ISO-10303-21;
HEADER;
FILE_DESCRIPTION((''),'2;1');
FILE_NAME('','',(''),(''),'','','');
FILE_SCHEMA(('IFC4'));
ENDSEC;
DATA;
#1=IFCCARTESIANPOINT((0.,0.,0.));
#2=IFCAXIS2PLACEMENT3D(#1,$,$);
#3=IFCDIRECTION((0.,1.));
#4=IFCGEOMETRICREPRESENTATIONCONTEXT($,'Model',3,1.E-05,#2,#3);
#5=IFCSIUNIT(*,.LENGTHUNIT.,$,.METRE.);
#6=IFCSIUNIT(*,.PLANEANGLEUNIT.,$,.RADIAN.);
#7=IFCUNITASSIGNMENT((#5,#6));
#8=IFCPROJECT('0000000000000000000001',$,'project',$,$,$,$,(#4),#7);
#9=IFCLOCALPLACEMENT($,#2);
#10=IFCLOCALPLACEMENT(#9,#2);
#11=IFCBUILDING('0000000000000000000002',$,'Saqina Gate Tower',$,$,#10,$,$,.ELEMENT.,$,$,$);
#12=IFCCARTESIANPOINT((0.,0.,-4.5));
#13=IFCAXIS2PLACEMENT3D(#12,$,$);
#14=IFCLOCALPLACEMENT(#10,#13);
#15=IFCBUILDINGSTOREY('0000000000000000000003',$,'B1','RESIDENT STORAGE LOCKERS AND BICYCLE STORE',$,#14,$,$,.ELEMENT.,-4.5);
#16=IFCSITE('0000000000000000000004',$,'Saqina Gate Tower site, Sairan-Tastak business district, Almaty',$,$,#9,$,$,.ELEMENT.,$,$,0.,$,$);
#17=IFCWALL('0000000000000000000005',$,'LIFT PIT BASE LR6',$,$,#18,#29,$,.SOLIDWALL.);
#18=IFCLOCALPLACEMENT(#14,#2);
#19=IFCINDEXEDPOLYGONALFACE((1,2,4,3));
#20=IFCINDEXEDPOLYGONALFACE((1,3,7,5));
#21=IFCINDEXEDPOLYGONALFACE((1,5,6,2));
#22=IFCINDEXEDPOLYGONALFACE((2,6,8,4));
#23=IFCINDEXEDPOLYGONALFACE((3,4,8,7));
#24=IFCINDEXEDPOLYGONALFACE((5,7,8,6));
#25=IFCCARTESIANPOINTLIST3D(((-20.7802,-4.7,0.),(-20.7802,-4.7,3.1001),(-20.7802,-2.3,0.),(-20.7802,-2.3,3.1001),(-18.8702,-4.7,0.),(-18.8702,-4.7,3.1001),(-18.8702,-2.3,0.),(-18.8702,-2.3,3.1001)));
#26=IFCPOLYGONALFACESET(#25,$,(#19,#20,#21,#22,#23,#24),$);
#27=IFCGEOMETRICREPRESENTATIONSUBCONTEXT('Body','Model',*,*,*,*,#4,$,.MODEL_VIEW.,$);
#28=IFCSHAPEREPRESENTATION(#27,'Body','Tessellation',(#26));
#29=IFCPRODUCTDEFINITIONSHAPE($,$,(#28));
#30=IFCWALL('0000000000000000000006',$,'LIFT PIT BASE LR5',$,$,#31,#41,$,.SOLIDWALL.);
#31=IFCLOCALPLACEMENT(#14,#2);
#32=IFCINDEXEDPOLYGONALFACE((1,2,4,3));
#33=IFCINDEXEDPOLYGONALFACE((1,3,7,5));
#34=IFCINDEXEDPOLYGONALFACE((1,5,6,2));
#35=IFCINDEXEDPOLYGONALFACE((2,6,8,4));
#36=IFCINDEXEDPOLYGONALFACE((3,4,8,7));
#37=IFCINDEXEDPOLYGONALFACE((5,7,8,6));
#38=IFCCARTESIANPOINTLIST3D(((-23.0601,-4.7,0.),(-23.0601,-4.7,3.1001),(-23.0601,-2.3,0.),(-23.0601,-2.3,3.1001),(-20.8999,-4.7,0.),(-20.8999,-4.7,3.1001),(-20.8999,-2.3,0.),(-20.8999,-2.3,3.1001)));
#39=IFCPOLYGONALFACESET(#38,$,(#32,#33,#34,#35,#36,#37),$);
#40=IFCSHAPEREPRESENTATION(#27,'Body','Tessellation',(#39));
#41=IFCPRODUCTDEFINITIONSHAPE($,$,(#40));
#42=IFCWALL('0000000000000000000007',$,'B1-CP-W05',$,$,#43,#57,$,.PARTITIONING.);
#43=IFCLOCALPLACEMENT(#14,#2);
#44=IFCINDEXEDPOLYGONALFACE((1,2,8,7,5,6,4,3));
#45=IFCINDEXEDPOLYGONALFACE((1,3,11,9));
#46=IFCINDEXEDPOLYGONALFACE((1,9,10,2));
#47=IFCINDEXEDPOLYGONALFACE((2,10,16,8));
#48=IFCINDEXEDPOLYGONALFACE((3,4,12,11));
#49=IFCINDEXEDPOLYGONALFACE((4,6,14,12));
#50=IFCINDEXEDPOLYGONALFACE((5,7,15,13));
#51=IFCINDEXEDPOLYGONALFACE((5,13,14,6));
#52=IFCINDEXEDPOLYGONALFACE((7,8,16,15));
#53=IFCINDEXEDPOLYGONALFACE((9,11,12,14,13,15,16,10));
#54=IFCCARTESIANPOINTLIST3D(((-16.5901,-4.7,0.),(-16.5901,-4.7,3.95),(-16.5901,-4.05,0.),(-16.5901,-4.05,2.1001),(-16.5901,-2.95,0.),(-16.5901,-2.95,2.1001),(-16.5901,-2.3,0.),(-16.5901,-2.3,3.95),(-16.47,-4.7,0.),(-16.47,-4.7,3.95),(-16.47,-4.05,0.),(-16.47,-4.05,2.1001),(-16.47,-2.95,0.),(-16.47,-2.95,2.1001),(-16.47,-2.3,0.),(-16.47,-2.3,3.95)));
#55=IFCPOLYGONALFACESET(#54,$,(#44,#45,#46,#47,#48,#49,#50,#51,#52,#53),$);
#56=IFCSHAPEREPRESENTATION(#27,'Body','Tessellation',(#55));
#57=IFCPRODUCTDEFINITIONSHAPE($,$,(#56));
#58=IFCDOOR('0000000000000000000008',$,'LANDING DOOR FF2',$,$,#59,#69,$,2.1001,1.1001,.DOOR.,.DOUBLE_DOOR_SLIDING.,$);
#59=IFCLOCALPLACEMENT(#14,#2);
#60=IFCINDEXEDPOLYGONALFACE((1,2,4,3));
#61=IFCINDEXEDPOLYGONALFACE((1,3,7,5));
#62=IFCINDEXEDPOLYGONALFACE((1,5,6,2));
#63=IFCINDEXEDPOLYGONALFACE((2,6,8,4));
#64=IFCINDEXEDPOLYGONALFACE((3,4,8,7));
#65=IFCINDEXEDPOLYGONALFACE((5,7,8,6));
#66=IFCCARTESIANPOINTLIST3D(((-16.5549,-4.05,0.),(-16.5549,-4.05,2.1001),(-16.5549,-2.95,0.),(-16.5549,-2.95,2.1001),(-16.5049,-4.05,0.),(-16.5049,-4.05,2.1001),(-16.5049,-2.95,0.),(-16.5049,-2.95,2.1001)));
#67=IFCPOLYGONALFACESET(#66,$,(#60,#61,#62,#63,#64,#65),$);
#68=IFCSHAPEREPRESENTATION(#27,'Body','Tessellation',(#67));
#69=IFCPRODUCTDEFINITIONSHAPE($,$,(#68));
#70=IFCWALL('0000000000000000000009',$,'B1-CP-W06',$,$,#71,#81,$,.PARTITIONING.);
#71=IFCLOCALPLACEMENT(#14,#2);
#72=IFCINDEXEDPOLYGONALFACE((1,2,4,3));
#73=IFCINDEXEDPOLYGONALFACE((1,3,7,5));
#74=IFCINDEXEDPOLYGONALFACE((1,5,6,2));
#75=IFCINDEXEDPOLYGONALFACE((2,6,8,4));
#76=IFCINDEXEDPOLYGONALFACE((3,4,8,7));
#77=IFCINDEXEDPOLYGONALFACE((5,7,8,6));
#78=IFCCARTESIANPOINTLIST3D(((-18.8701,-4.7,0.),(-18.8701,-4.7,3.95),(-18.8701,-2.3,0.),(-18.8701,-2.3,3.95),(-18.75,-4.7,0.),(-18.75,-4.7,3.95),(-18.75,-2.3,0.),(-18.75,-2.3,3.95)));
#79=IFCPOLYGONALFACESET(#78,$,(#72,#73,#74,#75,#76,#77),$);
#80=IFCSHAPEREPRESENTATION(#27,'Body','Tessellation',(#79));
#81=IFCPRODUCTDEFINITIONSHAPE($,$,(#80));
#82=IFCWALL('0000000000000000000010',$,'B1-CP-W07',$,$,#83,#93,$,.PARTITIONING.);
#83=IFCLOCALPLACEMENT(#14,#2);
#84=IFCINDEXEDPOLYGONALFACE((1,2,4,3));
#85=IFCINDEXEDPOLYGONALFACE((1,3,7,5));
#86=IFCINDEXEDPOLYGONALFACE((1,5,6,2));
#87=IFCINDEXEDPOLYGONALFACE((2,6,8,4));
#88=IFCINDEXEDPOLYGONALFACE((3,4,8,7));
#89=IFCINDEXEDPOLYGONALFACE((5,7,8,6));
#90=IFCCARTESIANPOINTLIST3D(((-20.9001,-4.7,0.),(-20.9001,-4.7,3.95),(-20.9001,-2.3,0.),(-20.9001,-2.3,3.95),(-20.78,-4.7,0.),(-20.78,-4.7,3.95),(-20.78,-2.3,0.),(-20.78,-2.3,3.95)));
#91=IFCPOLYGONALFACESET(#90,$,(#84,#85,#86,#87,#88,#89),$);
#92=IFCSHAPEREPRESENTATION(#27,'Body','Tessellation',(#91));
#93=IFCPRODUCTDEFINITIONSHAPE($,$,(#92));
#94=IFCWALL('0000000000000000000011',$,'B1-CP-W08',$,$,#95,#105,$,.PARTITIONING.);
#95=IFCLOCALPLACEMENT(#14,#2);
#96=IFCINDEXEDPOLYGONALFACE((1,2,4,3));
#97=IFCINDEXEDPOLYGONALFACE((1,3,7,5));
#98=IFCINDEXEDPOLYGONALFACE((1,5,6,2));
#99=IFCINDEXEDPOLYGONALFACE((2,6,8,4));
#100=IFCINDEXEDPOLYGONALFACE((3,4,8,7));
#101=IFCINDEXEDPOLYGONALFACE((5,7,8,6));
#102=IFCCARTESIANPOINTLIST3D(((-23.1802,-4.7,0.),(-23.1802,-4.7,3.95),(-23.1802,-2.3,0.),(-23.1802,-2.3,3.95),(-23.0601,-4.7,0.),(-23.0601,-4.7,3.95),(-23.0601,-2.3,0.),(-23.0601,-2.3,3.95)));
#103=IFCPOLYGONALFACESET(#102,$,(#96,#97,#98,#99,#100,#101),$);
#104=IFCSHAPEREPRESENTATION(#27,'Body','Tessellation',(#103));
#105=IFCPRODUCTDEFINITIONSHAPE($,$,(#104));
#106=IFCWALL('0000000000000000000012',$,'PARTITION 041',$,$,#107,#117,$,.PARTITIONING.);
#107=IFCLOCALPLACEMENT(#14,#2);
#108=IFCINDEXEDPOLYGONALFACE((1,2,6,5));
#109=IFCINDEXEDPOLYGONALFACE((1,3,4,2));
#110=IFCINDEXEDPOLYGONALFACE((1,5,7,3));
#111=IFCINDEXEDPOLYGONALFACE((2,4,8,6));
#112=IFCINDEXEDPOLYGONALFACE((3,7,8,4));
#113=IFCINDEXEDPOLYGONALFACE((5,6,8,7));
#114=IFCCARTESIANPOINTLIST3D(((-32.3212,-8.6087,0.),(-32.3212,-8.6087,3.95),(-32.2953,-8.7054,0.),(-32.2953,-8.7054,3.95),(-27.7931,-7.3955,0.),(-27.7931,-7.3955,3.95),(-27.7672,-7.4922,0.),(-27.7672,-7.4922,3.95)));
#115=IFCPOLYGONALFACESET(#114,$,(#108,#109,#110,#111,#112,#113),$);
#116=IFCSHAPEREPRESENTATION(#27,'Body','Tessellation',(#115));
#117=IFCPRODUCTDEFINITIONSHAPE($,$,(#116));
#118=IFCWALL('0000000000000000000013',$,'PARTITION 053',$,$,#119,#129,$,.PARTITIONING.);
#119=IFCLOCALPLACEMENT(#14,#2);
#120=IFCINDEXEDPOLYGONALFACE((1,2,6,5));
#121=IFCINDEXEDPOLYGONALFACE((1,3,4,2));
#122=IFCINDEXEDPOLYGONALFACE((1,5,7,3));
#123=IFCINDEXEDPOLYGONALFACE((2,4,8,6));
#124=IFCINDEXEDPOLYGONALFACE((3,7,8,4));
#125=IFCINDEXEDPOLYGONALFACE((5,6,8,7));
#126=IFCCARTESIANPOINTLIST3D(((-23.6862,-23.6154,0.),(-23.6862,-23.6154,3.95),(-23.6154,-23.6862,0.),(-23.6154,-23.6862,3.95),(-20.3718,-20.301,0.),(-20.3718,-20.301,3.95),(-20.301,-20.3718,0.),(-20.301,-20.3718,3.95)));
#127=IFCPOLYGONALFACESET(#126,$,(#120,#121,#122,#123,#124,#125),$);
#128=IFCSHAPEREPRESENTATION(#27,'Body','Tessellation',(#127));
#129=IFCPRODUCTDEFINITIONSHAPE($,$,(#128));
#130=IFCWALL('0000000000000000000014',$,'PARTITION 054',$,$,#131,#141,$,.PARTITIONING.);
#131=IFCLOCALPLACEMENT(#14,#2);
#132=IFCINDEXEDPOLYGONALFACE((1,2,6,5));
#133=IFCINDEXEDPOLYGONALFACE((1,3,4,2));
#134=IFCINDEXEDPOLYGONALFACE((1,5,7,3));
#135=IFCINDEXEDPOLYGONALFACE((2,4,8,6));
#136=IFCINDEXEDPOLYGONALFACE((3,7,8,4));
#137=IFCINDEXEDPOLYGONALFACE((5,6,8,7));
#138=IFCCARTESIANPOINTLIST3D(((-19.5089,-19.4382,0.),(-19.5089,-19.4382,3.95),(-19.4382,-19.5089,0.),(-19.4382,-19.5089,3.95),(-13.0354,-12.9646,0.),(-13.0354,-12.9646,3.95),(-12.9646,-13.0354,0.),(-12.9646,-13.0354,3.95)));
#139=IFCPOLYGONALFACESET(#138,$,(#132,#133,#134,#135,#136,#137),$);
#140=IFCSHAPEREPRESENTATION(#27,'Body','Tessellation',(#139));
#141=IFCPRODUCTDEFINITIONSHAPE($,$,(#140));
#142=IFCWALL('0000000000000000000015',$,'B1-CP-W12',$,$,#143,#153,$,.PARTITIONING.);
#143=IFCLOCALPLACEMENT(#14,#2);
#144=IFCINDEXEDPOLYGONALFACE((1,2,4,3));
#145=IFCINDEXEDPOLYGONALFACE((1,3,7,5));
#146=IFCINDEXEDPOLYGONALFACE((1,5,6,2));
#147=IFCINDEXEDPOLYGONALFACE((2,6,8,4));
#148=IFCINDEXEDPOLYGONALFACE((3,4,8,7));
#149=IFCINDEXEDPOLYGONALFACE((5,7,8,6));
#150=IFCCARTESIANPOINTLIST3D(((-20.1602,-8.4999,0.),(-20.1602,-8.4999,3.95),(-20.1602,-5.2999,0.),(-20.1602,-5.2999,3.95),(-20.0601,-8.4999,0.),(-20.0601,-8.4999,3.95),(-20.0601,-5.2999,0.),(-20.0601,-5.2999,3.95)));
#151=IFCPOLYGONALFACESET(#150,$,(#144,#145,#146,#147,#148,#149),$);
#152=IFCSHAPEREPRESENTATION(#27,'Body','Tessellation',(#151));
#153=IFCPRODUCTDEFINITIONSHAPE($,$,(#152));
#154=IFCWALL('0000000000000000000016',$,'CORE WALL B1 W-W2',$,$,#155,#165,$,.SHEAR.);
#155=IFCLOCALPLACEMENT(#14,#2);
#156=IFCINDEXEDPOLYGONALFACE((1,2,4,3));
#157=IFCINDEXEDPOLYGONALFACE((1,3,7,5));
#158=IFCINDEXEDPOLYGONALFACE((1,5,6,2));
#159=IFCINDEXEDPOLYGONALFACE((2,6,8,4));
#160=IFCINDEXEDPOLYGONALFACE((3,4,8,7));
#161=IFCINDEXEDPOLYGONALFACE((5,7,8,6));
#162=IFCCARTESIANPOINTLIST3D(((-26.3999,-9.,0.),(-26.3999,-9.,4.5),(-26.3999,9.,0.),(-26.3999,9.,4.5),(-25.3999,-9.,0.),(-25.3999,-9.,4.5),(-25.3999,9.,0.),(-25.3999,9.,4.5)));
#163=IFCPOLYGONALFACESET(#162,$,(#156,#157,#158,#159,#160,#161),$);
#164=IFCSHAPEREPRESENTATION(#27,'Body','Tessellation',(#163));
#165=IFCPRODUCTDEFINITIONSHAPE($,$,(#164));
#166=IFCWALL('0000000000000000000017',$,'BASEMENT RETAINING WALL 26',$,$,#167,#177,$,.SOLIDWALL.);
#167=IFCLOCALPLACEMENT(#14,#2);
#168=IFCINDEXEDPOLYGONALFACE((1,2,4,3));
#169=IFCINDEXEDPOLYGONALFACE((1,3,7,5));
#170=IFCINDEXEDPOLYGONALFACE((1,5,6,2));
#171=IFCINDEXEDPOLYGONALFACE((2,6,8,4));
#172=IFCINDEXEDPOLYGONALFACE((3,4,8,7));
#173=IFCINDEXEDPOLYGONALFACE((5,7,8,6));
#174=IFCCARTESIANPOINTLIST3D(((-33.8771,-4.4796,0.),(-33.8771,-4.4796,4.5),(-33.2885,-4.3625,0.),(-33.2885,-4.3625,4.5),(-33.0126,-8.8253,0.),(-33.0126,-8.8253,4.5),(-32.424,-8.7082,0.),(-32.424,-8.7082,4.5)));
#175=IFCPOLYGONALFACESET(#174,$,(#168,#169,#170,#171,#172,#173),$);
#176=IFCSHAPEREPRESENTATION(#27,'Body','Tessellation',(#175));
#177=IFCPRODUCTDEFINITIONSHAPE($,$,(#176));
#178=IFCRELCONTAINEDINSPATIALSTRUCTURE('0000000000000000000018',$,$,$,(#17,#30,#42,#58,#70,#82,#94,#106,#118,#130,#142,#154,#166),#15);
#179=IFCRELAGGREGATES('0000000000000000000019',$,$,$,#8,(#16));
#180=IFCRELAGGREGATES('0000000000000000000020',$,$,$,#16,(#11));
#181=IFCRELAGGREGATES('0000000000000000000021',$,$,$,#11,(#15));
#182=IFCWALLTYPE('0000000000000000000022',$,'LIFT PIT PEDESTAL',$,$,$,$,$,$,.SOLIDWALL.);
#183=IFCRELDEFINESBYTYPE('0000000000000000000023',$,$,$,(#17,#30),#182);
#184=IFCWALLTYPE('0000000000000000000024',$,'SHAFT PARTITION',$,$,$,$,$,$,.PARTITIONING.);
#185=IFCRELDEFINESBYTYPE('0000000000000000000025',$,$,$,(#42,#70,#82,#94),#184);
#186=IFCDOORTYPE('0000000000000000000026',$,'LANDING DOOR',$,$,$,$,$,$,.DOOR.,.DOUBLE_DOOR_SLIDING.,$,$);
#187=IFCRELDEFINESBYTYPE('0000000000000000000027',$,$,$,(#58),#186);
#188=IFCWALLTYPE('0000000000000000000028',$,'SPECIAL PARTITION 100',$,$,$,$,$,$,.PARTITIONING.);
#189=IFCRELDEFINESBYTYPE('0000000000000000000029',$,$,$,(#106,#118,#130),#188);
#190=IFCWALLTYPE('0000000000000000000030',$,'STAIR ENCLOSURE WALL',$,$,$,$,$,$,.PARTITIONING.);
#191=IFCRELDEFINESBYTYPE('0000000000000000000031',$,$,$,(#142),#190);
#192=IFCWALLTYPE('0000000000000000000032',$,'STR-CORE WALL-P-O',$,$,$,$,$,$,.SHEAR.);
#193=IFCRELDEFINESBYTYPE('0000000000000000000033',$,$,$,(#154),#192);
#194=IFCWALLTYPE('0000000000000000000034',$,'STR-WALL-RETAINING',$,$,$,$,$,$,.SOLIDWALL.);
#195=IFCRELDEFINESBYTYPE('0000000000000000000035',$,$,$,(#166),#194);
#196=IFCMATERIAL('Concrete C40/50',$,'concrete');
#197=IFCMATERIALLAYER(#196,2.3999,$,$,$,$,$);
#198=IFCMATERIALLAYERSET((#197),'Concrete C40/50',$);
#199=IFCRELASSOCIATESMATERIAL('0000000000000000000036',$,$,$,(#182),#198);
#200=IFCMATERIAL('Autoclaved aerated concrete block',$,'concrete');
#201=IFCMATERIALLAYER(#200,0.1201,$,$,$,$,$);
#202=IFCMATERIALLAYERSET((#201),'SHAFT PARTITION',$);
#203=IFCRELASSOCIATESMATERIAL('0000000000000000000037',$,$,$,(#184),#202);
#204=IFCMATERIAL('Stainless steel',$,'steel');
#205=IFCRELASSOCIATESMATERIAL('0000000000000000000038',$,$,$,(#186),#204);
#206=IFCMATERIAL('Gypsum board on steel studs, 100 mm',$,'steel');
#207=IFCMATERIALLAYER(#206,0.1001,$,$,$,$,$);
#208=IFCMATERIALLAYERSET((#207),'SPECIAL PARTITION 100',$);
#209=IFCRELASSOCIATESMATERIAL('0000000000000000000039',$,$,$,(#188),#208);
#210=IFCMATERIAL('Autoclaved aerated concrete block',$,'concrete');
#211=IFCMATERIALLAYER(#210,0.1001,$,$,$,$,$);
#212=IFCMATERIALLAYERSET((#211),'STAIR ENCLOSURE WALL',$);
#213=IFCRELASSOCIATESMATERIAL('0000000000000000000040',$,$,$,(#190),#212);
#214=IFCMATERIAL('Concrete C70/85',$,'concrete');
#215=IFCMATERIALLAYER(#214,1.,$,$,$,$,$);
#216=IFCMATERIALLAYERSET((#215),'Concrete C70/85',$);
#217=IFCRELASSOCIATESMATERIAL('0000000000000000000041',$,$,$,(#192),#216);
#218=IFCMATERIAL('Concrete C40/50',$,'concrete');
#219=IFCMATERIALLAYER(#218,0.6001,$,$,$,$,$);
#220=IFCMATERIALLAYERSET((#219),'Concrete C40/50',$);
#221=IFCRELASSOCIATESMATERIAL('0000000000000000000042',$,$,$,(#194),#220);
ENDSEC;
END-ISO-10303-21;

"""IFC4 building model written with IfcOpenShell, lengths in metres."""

from ifc_helpers import new_model, si_unit, direction, frame, frame_2d, origin, place, context, subcontext, project, spatial, rectangle, extrude, material, layer, layer_set, type_object, element, fill, save


model = new_model("IFC4")

# Units and contexts
model_context = context("Model", 3, precision=1e-05, world=origin(), true_north=direction((0.0, 1.0)))
body_context = subcontext(model_context, "Body", "Model", "MODEL_VIEW")
ifc_project = project(units=[si_unit("LENGTHUNIT", "METRE"), si_unit("PLANEANGLEUNIT", "RADIAN")], contexts=[model_context])

# Site, building, storey
site_placement = place(None, origin())
site = spatial("IfcSite", under=ifc_project, at=site_placement, Name="Saqina Gate Tower site, Sairan-Tastak business district, Almaty", CompositionType="ELEMENT", RefElevation=0.0)
building_placement = place(site_placement, origin())
building = spatial("IfcBuilding", under=site, at=building_placement, Name="Saqina Gate Tower", CompositionType="ELEMENT")
storey_placement = place(building_placement, frame((0.0, 0.0, -4.5)))
storey = spatial("IfcBuildingStorey", under=building, at=storey_placement, Name="B1", Description="RESIDENT STORAGE LOCKERS AND BICYCLE STORE", CompositionType="ELEMENT", Elevation=-4.5)

# Walls
ifc_material_1 = material(Name="Concrete C40/50", Category="concrete")
ifc_layer_1 = layer(ifc_material_1, 2.3999)
ifc_layer_set_1 = layer_set([ifc_layer_1], Name="Concrete C40/50")
wall_type_1 = type_object("IfcWallType", Name="LIFT PIT PEDESTAL", PredefinedType="SOLIDWALL", material=ifc_layer_set_1)
wall_1_placement = place(storey_placement, frame((-18.8701, -3.5, 0.0), z_axis=(0.0, 0.0, 1.0), x_axis=(-1.0, 0.0, 0.0)))
element("IfcWall", 1, at=wall_1_placement, inside=storey, type_object=wall_type_1, Name="LIFT PIT BASE LR6", PredefinedType="SOLIDWALL", context=body_context, shape_type="SweptSolid", body=[
    extrude(rectangle(XDim=1.9099, YDim=2.3999, at=frame_2d((0.9551, 0.0))), origin(), (0.0, 0.0, 1.0), 3.1001),
])
wall_2_placement = place(storey_placement, frame((-20.8999, -3.5, 0.0), z_axis=(0.0, 0.0, 1.0), x_axis=(-1.0, 0.0, 0.0)))
element("IfcWall", 2, at=wall_2_placement, inside=storey, type_object=wall_type_1, Name="LIFT PIT BASE LR5", PredefinedType="SOLIDWALL", context=body_context, shape_type="SweptSolid", body=[
    extrude(rectangle(XDim=2.1602, YDim=2.3999, at=frame_2d((1.0801, 0.0))), origin(), (0.0, 0.0, 1.0), 3.1001),
])

# Wall, opening, door
ifc_material_2 = material(Name="Autoclaved aerated concrete block", Category="concrete")
ifc_layer_2 = layer(ifc_material_2, 0.1201)
ifc_layer_set_2 = layer_set([ifc_layer_2], Name="SHAFT PARTITION")
wall_type_2 = type_object("IfcWallType", Name="SHAFT PARTITION", PredefinedType="PARTITIONING", material=ifc_layer_set_2)
wall_3_placement = place(storey_placement, frame((-16.53, -4.7, 0.0), z_axis=(0.0, 0.0, 1.0), x_axis=(0.0, 1.0, 0.0)))
wall_3 = element("IfcWall", 3, at=wall_3_placement, inside=storey, type_object=wall_type_2, Name="B1-CP-W05", PredefinedType="PARTITIONING", context=body_context, shape_type="SweptSolid", body=[
    extrude(rectangle(XDim=2.3999, YDim=0.1201, at=frame_2d((1.2, 0.0))), origin(), (0.0, 0.0, 1.0), 3.95),
])
opening_1_placement = place(wall_3_placement, frame((0.6499, 0.0, 0.0)))
opening_1 = element("IfcOpeningElement", 4, at=opening_1_placement, cuts=wall_3, PredefinedType="OPENING", context=body_context, shape_type="SweptSolid", body=[
    extrude(rectangle(XDim=1.1001, YDim=2.1001, at=frame_2d((0.55, 1.05))), frame((0.0, 0.072, 0.0), z_axis=(0.0, -1.0, 0.0), x_axis=(1.0, 0.0, 0.0)), (0.0, 0.0, 1.0), 0.144),
])
ifc_material_3 = material(Name="Stainless steel", Category="steel")
door_type_1 = type_object("IfcDoorType", Name="LANDING DOOR", OperationType="DOUBLE_DOOR_SLIDING", PredefinedType="DOOR", material=ifc_material_3)
door_1_placement = place(opening_1_placement, origin())
door_1 = element("IfcDoor", 5, at=door_1_placement, inside=storey, type_object=door_type_1, Name="LANDING DOOR FF2", OperationType="DOUBLE_DOOR_SLIDING", OverallHeight=2.1001, OverallWidth=1.1001, PredefinedType="DOOR", context=body_context, shape_type="SweptSolid", body=[
    extrude(rectangle(XDim=1.1001, YDim=2.1001, at=frame_2d((0.55, 1.05))), frame((0.0, 0.0249, 0.0), z_axis=(0.0, -1.0, 0.0), x_axis=(1.0, 0.0, 0.0)), (0.0, 0.0, 1.0), 0.05),
])
fill(opening_1, door_1)

# Walls
for number, where, z_axis, x_axis, name in (
    (6, (-18.8101, -4.7, 0.0), (0.0, 0.0, 1.0), (0.0, 1.0, 0.0), "B1-CP-W06"),
    (7, (-20.8401, -4.7, 0.0), (0.0, 0.0, 1.0), (0.0, 1.0, 0.0), "B1-CP-W07"),
    (8, (-23.1201, -4.7, 0.0), (0.0, 0.0, 1.0), (0.0, 1.0, 0.0), "B1-CP-W08"),
):
    element("IfcWall", number, at=place(storey_placement, frame(where, z_axis=z_axis, x_axis=x_axis)), inside=storey, type_object=wall_type_2, Name=name, PredefinedType="PARTITIONING", context=body_context, shape_type="SweptSolid", body=[
        extrude(rectangle(XDim=2.3999, YDim=0.1201, at=frame_2d((1.2, 0.0))), origin(), (0.0, 0.0, 1.0), 3.95),
    ])
ifc_material_4 = material(Name="Gypsum board on steel studs, 100 mm", Category="steel")
ifc_layer_3 = layer(ifc_material_4, 0.1001)
ifc_layer_set_3 = layer_set([ifc_layer_3], Name="SPECIAL PARTITION 100")
wall_type_3 = type_object("IfcWallType", Name="SPECIAL PARTITION 100", PredefinedType="PARTITIONING", material=ifc_layer_set_3)
wall_4_placement = place(storey_placement, frame((-32.3081, -8.657, 0.0), z_axis=(0.0, 0.0, 1.0), x_axis=(0.965934, 0.258787, 0.0)))
element("IfcWall", 9, at=wall_4_placement, inside=storey, type_object=wall_type_3, Name="PARTITION 041", PredefinedType="PARTITIONING", context=body_context, shape_type="SweptSolid", body=[
    extrude(rectangle(XDim=4.6877, YDim=0.1001, at=frame_2d((2.3438, 0.0))), origin(), (0.0, 0.0, 1.0), 3.95),
])
wall_5_placement = place(storey_placement, frame((-23.6509, -23.6509, 0.0), z_axis=(0.0, 0.0, 1.0), x_axis=(0.707107, 0.707107, 0.0)))
element("IfcWall", 10, at=wall_5_placement, inside=storey, type_object=wall_type_3, Name="PARTITION 053", PredefinedType="PARTITIONING", context=body_context, shape_type="SweptSolid", body=[
    extrude(rectangle(XDim=4.6873, YDim=0.1001, at=frame_2d((2.3438, 0.0))), origin(), (0.0, 0.0, 1.0), 3.95),
])
wall_6_placement = place(storey_placement, frame((-19.4736, -19.4736, 0.0), z_axis=(0.0, 0.0, 1.0), x_axis=(0.707107, 0.707107, 0.0)))
element("IfcWall", 11, at=wall_6_placement, inside=storey, type_object=wall_type_3, Name="PARTITION 054", PredefinedType="PARTITIONING", context=body_context, shape_type="SweptSolid", body=[
    extrude(rectangle(XDim=9.155, YDim=0.1001, at=frame_2d((4.5776, 0.0))), origin(), (0.0, 0.0, 1.0), 3.95),
])
ifc_material_5 = material(Name="Autoclaved aerated concrete block", Category="concrete")
ifc_layer_4 = layer(ifc_material_5, 0.1001)
ifc_layer_set_4 = layer_set([ifc_layer_4], Name="STAIR ENCLOSURE WALL")
wall_type_4 = type_object("IfcWallType", Name="STAIR ENCLOSURE WALL", PredefinedType="PARTITIONING", material=ifc_layer_set_4)
wall_7_placement = place(storey_placement, frame((-20.1101, -8.5, 0.0), z_axis=(0.0, 0.0, 1.0), x_axis=(0.0, 1.0, 0.0)))
element("IfcWall", 12, at=wall_7_placement, inside=storey, type_object=wall_type_4, Name="B1-CP-W12", PredefinedType="PARTITIONING", context=body_context, shape_type="SweptSolid", body=[
    extrude(rectangle(XDim=3.2, YDim=0.1001, at=frame_2d((1.6001, 0.0))), origin(), (0.0, 0.0, 1.0), 3.95),
])
ifc_material_6 = material(Name="Concrete C70/85", Category="concrete")
ifc_layer_5 = layer(ifc_material_6, 1.0)
ifc_layer_set_5 = layer_set([ifc_layer_5], Name="Concrete C70/85")
wall_type_5 = type_object("IfcWallType", Name="STR-CORE WALL-P-O", PredefinedType="SHEAR", material=ifc_layer_set_5)
wall_8_placement = place(storey_placement, frame((-25.8999, -9.0, 0.0), z_axis=(0.0, 0.0, 1.0), x_axis=(0.0, 1.0, 0.0)))
element("IfcWall", 13, at=wall_8_placement, inside=storey, type_object=wall_type_5, Name="CORE WALL B1 W-W2", PredefinedType="SHEAR", context=body_context, shape_type="SweptSolid", body=[
    extrude(rectangle(XDim=18.0, YDim=1.0, at=frame_2d((9.0, 0.0))), origin(), (0.0, 0.0, 1.0), 4.5),
])
ifc_material_7 = material(Name="Concrete C40/50", Category="concrete")
ifc_layer_6 = layer(ifc_material_7, 0.6001)
ifc_layer_set_6 = layer_set([ifc_layer_6], Name="Concrete C40/50")
wall_type_6 = type_object("IfcWallType", Name="STR-WALL-RETAINING", PredefinedType="SOLIDWALL", material=ifc_layer_set_6)
wall_9_placement = place(storey_placement, frame((-33.5828, -4.4211, 0.0), z_axis=(0.0, 0.0, 1.0), x_axis=(0.195109, -0.980781, 0.0)))
element("IfcWall", 14, at=wall_9_placement, inside=storey, type_object=wall_type_6, Name="BASEMENT RETAINING WALL 26", PredefinedType="SOLIDWALL", context=body_context, shape_type="SweptSolid", body=[
    extrude(rectangle(XDim=4.4309, YDim=0.6001, at=frame_2d((2.2153, 0.0))), origin(), (0.0, 0.0, 1.0), 4.5),
])

save(model, "model.ifc")
